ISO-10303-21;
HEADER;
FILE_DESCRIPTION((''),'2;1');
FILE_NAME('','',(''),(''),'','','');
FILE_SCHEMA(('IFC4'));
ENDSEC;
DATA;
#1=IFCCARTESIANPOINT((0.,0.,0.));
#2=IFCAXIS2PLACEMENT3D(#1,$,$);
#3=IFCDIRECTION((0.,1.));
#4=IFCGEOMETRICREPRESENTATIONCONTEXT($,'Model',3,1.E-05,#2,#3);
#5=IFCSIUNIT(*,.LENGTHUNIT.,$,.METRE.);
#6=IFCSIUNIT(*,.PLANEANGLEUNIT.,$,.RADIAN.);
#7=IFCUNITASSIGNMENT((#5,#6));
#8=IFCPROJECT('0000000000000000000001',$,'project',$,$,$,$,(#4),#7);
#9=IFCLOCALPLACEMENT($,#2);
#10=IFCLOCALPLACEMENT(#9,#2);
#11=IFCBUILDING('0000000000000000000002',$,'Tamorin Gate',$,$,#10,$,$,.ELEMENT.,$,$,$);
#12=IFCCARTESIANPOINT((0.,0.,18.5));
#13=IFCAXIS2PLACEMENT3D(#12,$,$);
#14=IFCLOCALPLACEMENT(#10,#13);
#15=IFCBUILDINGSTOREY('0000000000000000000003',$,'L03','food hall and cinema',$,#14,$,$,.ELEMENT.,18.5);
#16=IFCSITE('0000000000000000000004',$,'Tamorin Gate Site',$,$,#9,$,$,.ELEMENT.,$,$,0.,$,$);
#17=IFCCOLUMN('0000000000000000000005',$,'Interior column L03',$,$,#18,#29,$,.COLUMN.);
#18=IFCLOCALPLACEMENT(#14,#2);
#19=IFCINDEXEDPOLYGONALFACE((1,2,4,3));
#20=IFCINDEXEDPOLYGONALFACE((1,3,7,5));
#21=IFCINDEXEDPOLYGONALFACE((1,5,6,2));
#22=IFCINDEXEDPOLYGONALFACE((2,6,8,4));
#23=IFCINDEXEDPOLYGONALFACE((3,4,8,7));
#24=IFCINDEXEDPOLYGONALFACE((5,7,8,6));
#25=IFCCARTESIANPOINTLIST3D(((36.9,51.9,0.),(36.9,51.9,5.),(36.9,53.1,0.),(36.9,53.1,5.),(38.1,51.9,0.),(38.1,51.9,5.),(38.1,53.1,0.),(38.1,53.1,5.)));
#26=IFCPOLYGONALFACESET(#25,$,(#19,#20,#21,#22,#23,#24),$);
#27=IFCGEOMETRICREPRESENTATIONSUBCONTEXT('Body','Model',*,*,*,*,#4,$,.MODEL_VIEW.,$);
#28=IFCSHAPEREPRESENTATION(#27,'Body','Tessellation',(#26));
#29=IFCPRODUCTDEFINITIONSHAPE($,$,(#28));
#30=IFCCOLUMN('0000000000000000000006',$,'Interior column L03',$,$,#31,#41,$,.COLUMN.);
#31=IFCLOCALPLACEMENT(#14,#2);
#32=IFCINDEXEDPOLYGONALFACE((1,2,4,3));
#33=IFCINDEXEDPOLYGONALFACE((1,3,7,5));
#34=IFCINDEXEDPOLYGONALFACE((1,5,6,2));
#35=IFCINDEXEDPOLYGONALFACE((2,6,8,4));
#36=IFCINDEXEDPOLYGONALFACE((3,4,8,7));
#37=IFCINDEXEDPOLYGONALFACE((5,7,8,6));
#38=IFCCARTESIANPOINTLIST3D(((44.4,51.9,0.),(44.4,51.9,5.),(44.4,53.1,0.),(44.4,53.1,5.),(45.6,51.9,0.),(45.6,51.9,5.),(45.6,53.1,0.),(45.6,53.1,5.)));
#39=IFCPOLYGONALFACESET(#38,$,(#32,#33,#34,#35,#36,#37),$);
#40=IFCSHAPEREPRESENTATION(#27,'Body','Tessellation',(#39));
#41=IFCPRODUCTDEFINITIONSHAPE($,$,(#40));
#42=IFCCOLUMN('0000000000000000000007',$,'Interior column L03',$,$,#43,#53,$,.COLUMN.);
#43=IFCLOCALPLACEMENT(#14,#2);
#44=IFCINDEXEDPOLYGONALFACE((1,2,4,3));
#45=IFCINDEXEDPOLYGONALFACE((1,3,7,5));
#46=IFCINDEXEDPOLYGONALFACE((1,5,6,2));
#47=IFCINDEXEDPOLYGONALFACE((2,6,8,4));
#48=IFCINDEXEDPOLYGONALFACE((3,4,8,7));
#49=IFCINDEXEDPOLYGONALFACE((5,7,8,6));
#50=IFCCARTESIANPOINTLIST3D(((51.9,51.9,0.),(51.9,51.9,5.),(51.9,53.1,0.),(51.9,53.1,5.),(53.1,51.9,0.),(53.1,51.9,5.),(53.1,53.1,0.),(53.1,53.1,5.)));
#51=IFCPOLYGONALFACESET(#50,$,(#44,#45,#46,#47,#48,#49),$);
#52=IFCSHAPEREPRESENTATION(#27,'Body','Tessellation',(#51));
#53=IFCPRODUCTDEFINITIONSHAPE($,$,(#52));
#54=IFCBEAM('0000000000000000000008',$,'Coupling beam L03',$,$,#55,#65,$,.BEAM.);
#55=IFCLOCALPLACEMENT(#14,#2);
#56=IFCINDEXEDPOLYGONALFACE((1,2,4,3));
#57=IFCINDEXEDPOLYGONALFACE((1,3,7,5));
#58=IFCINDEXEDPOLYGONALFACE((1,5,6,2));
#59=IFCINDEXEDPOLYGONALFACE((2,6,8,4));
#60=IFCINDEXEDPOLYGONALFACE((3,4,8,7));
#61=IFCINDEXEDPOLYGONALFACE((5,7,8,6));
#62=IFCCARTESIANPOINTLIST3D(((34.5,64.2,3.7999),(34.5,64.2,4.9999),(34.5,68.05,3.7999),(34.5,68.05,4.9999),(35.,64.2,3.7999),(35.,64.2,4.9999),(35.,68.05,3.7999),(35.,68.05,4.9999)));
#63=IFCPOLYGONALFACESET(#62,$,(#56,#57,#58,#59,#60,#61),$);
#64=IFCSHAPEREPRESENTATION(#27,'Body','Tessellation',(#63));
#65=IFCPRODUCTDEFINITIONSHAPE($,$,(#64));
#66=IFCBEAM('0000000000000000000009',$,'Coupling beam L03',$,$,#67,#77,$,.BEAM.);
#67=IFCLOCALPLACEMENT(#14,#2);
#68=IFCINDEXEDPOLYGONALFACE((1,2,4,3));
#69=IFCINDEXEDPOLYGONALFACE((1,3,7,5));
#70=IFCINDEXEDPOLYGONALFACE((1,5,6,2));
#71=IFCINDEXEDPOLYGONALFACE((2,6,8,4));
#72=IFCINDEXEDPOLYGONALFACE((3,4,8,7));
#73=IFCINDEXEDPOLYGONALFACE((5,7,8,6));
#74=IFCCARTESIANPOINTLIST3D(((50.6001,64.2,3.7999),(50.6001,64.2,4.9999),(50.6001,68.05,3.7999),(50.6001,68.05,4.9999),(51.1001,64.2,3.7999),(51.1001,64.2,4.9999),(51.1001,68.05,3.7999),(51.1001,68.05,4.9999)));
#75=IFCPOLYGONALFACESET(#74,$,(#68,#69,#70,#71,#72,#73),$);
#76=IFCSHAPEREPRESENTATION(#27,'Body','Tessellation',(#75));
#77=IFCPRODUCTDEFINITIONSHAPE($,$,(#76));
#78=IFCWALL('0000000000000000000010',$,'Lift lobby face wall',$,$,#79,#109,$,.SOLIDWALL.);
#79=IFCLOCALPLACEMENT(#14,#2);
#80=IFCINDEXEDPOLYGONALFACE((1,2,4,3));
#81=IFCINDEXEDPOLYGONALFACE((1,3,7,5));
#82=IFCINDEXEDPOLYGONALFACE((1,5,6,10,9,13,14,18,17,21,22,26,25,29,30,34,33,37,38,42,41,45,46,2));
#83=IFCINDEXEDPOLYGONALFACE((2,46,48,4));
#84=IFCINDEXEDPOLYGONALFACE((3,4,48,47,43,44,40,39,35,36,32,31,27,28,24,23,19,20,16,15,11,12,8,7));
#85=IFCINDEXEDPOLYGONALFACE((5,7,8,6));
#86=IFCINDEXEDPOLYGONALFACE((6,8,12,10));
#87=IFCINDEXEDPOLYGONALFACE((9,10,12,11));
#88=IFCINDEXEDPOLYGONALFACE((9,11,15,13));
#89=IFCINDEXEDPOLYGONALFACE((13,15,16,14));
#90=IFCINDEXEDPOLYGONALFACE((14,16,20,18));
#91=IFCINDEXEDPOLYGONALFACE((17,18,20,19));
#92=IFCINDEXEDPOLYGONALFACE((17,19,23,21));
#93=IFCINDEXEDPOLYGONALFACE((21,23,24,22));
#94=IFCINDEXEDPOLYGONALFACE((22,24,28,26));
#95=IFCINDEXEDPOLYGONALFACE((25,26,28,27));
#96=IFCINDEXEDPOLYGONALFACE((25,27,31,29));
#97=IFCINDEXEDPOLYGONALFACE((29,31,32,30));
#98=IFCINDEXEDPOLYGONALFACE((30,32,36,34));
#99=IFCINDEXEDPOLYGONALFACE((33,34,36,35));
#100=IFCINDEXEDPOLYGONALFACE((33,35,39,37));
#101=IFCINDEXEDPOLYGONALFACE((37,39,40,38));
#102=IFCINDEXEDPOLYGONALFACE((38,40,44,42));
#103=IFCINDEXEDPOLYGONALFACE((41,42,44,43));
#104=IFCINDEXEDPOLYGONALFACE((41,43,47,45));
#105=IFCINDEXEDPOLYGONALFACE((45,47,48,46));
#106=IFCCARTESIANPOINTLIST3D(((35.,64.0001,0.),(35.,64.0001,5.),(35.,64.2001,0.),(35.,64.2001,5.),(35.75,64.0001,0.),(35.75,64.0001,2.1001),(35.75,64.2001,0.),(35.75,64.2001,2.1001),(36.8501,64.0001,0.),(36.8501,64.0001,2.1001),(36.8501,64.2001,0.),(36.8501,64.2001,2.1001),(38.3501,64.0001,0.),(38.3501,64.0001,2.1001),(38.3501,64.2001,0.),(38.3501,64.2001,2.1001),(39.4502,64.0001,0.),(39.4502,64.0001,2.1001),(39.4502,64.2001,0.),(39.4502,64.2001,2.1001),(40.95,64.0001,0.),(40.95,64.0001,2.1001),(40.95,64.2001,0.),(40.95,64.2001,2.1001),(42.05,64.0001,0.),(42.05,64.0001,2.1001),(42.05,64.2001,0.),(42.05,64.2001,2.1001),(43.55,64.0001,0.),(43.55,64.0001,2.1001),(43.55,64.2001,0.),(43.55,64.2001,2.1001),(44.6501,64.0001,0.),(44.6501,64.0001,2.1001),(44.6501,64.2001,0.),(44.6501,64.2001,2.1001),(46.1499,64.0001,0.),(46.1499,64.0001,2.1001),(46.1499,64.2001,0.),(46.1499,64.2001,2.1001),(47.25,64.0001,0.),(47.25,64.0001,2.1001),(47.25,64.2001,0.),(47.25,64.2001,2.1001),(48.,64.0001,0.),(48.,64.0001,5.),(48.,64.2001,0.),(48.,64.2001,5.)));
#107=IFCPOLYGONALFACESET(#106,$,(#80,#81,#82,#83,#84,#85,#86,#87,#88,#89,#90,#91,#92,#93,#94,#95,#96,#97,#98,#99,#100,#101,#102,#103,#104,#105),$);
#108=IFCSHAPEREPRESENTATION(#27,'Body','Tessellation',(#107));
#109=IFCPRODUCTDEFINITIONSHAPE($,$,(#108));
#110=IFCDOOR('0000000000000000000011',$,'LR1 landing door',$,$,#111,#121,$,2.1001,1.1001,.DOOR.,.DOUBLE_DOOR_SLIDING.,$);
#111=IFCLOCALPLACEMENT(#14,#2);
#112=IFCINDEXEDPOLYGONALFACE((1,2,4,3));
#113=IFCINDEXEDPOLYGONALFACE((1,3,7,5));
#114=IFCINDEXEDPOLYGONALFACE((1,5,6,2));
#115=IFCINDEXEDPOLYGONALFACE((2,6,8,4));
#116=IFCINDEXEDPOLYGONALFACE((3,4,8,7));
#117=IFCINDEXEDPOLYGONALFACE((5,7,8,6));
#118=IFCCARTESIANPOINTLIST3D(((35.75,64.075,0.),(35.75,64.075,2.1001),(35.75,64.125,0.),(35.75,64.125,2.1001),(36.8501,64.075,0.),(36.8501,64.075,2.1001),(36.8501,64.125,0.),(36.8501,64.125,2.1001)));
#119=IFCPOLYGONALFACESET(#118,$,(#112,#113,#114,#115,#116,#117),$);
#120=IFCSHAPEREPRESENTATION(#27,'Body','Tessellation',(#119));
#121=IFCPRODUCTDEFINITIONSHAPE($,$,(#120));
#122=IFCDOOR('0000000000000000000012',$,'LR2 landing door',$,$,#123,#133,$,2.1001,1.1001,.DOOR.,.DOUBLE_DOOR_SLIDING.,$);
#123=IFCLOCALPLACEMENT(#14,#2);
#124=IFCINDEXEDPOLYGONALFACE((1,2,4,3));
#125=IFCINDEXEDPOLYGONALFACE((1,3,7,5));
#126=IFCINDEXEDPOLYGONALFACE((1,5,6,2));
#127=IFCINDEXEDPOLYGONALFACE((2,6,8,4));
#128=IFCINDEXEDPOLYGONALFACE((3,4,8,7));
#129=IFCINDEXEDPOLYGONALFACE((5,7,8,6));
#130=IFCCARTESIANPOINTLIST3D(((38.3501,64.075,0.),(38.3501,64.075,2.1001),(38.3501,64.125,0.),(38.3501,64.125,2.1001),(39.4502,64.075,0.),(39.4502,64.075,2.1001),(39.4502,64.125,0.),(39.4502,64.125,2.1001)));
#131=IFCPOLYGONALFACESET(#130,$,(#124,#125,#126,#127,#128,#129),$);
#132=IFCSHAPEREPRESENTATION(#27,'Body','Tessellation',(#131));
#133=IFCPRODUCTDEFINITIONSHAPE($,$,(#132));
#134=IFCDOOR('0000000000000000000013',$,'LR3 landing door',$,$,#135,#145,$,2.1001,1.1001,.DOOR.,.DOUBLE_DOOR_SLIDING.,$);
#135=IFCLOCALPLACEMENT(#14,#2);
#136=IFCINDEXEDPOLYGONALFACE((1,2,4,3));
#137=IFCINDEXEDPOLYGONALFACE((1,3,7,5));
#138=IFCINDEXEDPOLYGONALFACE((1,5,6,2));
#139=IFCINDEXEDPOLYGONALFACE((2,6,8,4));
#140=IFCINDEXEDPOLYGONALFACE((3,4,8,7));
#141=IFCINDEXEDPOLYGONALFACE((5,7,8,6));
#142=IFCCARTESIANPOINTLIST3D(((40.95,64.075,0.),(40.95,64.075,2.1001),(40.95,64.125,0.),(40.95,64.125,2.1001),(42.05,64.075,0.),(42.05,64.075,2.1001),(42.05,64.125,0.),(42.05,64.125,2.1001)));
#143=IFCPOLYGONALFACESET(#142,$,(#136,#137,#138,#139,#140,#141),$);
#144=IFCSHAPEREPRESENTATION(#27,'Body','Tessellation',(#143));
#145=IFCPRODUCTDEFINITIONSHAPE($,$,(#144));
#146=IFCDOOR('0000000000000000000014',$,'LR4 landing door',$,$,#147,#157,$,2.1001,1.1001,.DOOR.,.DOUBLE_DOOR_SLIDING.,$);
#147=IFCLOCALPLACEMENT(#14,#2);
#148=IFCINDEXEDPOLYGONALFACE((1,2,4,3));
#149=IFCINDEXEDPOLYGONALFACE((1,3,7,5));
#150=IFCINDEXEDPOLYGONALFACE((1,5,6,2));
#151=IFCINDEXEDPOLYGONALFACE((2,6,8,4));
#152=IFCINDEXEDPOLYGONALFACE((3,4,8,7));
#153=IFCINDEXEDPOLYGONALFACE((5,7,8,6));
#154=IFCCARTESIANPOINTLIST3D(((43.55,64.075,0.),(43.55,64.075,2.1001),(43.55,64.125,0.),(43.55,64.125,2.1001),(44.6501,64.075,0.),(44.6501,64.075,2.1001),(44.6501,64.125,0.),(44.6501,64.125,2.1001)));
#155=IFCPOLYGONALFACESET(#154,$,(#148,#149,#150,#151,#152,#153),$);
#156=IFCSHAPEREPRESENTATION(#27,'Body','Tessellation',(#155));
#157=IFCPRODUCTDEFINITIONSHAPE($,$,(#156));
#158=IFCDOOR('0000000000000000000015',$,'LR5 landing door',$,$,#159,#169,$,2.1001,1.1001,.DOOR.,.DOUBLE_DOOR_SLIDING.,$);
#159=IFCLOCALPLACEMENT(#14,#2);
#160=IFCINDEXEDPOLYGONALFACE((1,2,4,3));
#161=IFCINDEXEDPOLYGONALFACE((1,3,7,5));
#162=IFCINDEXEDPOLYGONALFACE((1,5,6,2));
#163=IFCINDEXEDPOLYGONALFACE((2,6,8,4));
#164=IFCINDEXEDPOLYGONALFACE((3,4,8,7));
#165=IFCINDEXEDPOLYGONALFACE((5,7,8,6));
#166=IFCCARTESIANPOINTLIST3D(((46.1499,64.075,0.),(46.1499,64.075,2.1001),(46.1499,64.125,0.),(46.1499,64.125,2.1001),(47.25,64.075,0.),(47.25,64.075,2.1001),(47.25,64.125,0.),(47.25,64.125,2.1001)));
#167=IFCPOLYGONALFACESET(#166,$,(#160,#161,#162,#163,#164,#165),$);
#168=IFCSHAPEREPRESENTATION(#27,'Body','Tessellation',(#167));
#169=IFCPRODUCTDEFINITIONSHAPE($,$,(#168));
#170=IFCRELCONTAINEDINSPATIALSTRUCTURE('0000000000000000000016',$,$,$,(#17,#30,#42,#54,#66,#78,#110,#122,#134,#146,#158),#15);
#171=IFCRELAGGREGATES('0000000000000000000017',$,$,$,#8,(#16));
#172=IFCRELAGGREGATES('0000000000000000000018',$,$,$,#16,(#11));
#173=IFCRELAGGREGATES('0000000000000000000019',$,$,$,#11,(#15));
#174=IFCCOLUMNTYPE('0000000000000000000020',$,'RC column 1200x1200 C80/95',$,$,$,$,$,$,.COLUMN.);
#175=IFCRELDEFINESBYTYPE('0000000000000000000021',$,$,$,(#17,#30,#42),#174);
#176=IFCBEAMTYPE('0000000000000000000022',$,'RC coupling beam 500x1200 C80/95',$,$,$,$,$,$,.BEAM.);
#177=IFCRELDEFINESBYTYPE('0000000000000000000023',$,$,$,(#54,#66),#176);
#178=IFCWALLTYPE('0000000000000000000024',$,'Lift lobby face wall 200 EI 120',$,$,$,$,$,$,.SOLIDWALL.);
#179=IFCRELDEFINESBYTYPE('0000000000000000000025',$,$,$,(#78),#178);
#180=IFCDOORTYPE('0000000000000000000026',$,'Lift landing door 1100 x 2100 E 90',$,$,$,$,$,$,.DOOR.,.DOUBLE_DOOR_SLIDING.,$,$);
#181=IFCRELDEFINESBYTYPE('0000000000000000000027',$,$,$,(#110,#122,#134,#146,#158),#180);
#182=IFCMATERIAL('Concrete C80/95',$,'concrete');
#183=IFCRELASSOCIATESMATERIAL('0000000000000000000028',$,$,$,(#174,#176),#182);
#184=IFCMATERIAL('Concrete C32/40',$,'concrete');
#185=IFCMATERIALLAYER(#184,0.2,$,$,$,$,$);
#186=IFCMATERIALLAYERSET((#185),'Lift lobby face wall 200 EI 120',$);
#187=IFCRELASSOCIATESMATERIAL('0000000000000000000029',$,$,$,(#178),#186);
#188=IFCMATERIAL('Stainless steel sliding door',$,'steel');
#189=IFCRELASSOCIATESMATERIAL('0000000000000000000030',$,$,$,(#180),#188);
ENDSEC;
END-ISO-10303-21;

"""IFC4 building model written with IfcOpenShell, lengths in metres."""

from ifc_helpers import new_model, si_unit, direction, frame, frame_2d, origin, origin_2d, place, context, subcontext, project, spatial, rectangle, extrude, material, layer, layer_set, material_profile, profile_set, type_object, element, fill, save


model = new_model("IFC4")

# Units and contexts
model_context = context("Model", 3, precision=1e-05, world=origin(), true_north=direction((0.0, 1.0)))
body_context = subcontext(model_context, "Body", "Model", "MODEL_VIEW")
ifc_project = project(units=[si_unit("LENGTHUNIT", "METRE"), si_unit("PLANEANGLEUNIT", "RADIAN")], contexts=[model_context])

# Site, building, storey
site_placement = place(None, origin())
site = spatial("IfcSite", under=ifc_project, at=site_placement, Name="Tamorin Gate Site", CompositionType="ELEMENT", RefElevation=0.0)
building_placement = place(site_placement, origin())
building = spatial("IfcBuilding", under=site, at=building_placement, Name="Tamorin Gate", CompositionType="ELEMENT")
storey_placement = place(building_placement, frame((0.0, 0.0, 18.5)))
storey = spatial("IfcBuildingStorey", under=building, at=storey_placement, Name="L03", Description="food hall and cinema", CompositionType="ELEMENT", Elevation=18.5)

# Columns
ifc_material_1 = material(Name="Concrete C80/95", Category="concrete")
ifc_material_profile_1 = material_profile(ifc_material_1, rectangle(XDim=1.2, YDim=1.2, at=origin_2d()), Name="RC 1200x1200")
ifc_profile_set_1 = profile_set([ifc_material_profile_1], Name="Concrete C80/95")
column_type = type_object("IfcColumnType", Name="RC column 1200x1200 C80/95", PredefinedType="COLUMN", material=ifc_profile_set_1)
for number, where, z_axis, x_axis, name in (
    (1, (37.5, 52.5, 0.0), (0.0, 0.0, 1.0), (1.0, 0.0, 0.0), "Interior column L03"),
    (2, (45.0, 52.5, 0.0), (0.0, 0.0, 1.0), (1.0, 0.0, 0.0), "Interior column L03"),
    (3, (52.5, 52.5, 0.0), (0.0, 0.0, 1.0), (1.0, 0.0, 0.0), "Interior column L03"),
):
    element("IfcColumn", number, at=place(storey_placement, frame(where, z_axis=z_axis, x_axis=x_axis)), inside=storey, type_object=column_type, Name=name, PredefinedType="COLUMN", context=body_context, shape_type="SweptSolid", body=[
        extrude(rectangle(XDim=1.2, YDim=1.2, at=origin_2d()), origin(), (0.0, 0.0, 1.0), 5.0),
    ])

# Beams
ifc_material_profile_2 = material_profile(ifc_material_1, rectangle(XDim=0.5, YDim=1.2, at=origin_2d()), Name="RC 500x1200")
ifc_profile_set_2 = profile_set([ifc_material_profile_2], Name="Concrete C80/95")
beam_type = type_object("IfcBeamType", Name="RC coupling beam 500x1200 C80/95", PredefinedType="BEAM", material=ifc_profile_set_2)
for number, where, z_axis, x_axis, name in (
    (4, (34.75, 64.2, 4.3999), (0.0, 1.0, 0.0), (-1.0, 0.0, 0.0), "Coupling beam L03"),
    (5, (50.8501, 64.2, 4.3999), (0.0, 1.0, 0.0), (-1.0, 0.0, 0.0), "Coupling beam L03"),
):
    element("IfcBeam", number, at=place(storey_placement, frame(where, z_axis=z_axis, x_axis=x_axis)), inside=storey, type_object=beam_type, Name=name, PredefinedType="BEAM", context=body_context, shape_type="SweptSolid", body=[
        extrude(rectangle(XDim=0.5, YDim=1.2, at=origin_2d()), origin(), (0.0, 0.0, 1.0), 3.8501),
    ])

# Wall, openings, doors
ifc_material_2 = material(Name="Concrete C32/40", Category="concrete")
ifc_layer_1 = layer(ifc_material_2, 0.2)
ifc_layer_set_1 = layer_set([ifc_layer_1], Name="Lift lobby face wall 200 EI 120")
wall_type_1 = type_object("IfcWallType", Name="Lift lobby face wall 200 EI 120", PredefinedType="SOLIDWALL", material=ifc_layer_set_1)
wall_1_placement = place(storey_placement, frame((35.0, 64.1001, 0.0), z_axis=(0.0, 0.0, 1.0), x_axis=(1.0, 0.0, 0.0)))
wall_1 = element("IfcWall", 6, at=wall_1_placement, inside=storey, type_object=wall_type_1, Name="Lift lobby face wall", PredefinedType="SOLIDWALL", context=body_context, shape_type="SweptSolid", body=[
    extrude(rectangle(XDim=13.0, YDim=0.2, at=frame_2d((6.5, 0.0))), origin(), (0.0, 0.0, 1.0), 5.0),
])
opening_1_placement = place(wall_1_placement, frame((0.75, 0.0, 0.0)))
opening_1 = element("IfcOpeningElement", 7, at=opening_1_placement, cuts=wall_1, PredefinedType="OPENING", context=body_context, shape_type="SweptSolid", body=[
    extrude(rectangle(XDim=1.1001, YDim=2.1001, at=frame_2d((0.55, 1.05))), frame((0.0, 0.1099, 0.0), z_axis=(0.0, -1.0, 0.0), x_axis=(1.0, 0.0, 0.0)), (0.0, 0.0, 1.0), 0.22),
])
opening_2_placement = place(wall_1_placement, frame((3.3501, 0.0, 0.0)))
opening_2 = element("IfcOpeningElement", 8, at=opening_2_placement, cuts=wall_1, PredefinedType="OPENING", context=body_context, shape_type="SweptSolid", body=[
    extrude(rectangle(XDim=1.1001, YDim=2.1001, at=frame_2d((0.55, 1.05))), frame((0.0, 0.1099, 0.0), z_axis=(0.0, -1.0, 0.0), x_axis=(1.0, 0.0, 0.0)), (0.0, 0.0, 1.0), 0.22),
])
opening_3_placement = place(wall_1_placement, frame((5.95, 0.0, 0.0)))
opening_3 = element("IfcOpeningElement", 9, at=opening_3_placement, cuts=wall_1, PredefinedType="OPENING", context=body_context, shape_type="SweptSolid", body=[
    extrude(rectangle(XDim=1.1001, YDim=2.1001, at=frame_2d((0.55, 1.05))), frame((0.0, 0.1099, 0.0), z_axis=(0.0, -1.0, 0.0), x_axis=(1.0, 0.0, 0.0)), (0.0, 0.0, 1.0), 0.22),
])
opening_4_placement = place(wall_1_placement, frame((8.55, 0.0, 0.0)))
opening_4 = element("IfcOpeningElement", 10, at=opening_4_placement, cuts=wall_1, PredefinedType="OPENING", context=body_context, shape_type="SweptSolid", body=[
    extrude(rectangle(XDim=1.1001, YDim=2.1001, at=frame_2d((0.55, 1.05))), frame((0.0, 0.1099, 0.0), z_axis=(0.0, -1.0, 0.0), x_axis=(1.0, 0.0, 0.0)), (0.0, 0.0, 1.0), 0.22),
])
opening_5_placement = place(wall_1_placement, frame((11.1499, 0.0, 0.0)))
opening_5 = element("IfcOpeningElement", 11, at=opening_5_placement, cuts=wall_1, PredefinedType="OPENING", context=body_context, shape_type="SweptSolid", body=[
    extrude(rectangle(XDim=1.1001, YDim=2.1001, at=frame_2d((0.55, 1.05))), frame((0.0, 0.1099, 0.0), z_axis=(0.0, -1.0, 0.0), x_axis=(1.0, 0.0, 0.0)), (0.0, 0.0, 1.0), 0.22),
])
ifc_material_3 = material(Name="Stainless steel sliding door", Category="steel")
door_type_1 = type_object("IfcDoorType", Name="Lift landing door 1100 x 2100 E 90", OperationType="DOUBLE_DOOR_SLIDING", PredefinedType="DOOR", material=ifc_material_3)
door_1_placement = place(opening_1_placement, origin())
door_1 = element("IfcDoor", 12, at=door_1_placement, inside=storey, type_object=door_type_1, Name="LR1 landing door", OperationType="DOUBLE_DOOR_SLIDING", OverallHeight=2.1001, OverallWidth=1.1001, PredefinedType="DOOR", context=body_context, shape_type="SweptSolid", body=[
    extrude(rectangle(XDim=1.1001, YDim=2.1001, at=frame_2d((0.55, 1.05))), frame((0.0, 0.0249, 0.0), z_axis=(0.0, -1.0, 0.0), x_axis=(1.0, 0.0, 0.0)), (0.0, 0.0, 1.0), 0.05),
])
fill(opening_1, door_1)
door_2_placement = place(opening_2_placement, origin())
door_2 = element("IfcDoor", 13, at=door_2_placement, inside=storey, type_object=door_type_1, Name="LR2 landing door", OperationType="DOUBLE_DOOR_SLIDING", OverallHeight=2.1001, OverallWidth=1.1001, PredefinedType="DOOR", context=body_context, shape_type="SweptSolid", body=[
    extrude(rectangle(XDim=1.1001, YDim=2.1001, at=frame_2d((0.55, 1.05))), frame((0.0, 0.0249, 0.0), z_axis=(0.0, -1.0, 0.0), x_axis=(1.0, 0.0, 0.0)), (0.0, 0.0, 1.0), 0.05),
])
fill(opening_2, door_2)
door_3_placement = place(opening_3_placement, origin())
door_3 = element("IfcDoor", 14, at=door_3_placement, inside=storey, type_object=door_type_1, Name="LR3 landing door", OperationType="DOUBLE_DOOR_SLIDING", OverallHeight=2.1001, OverallWidth=1.1001, PredefinedType="DOOR", context=body_context, shape_type="SweptSolid", body=[
    extrude(rectangle(XDim=1.1001, YDim=2.1001, at=frame_2d((0.55, 1.05))), frame((0.0, 0.0249, 0.0), z_axis=(0.0, -1.0, 0.0), x_axis=(1.0, 0.0, 0.0)), (0.0, 0.0, 1.0), 0.05),
])
fill(opening_3, door_3)
door_4_placement = place(opening_4_placement, origin())
door_4 = element("IfcDoor", 15, at=door_4_placement, inside=storey, type_object=door_type_1, Name="LR4 landing door", OperationType="DOUBLE_DOOR_SLIDING", OverallHeight=2.1001, OverallWidth=1.1001, PredefinedType="DOOR", context=body_context, shape_type="SweptSolid", body=[
    extrude(rectangle(XDim=1.1001, YDim=2.1001, at=frame_2d((0.55, 1.05))), frame((0.0, 0.0249, 0.0), z_axis=(0.0, -1.0, 0.0), x_axis=(1.0, 0.0, 0.0)), (0.0, 0.0, 1.0), 0.05),
])
fill(opening_4, door_4)
door_5_placement = place(opening_5_placement, origin())
door_5 = element("IfcDoor", 16, at=door_5_placement, inside=storey, type_object=door_type_1, Name="LR5 landing door", OperationType="DOUBLE_DOOR_SLIDING", OverallHeight=2.1001, OverallWidth=1.1001, PredefinedType="DOOR", context=body_context, shape_type="SweptSolid", body=[
    extrude(rectangle(XDim=1.1001, YDim=2.1001, at=frame_2d((0.55, 1.05))), frame((0.0, 0.0249, 0.0), z_axis=(0.0, -1.0, 0.0), x_axis=(1.0, 0.0, 0.0)), (0.0, 0.0, 1.0), 0.05),
])
fill(opening_5, door_5)

save(model, "model.ifc")
